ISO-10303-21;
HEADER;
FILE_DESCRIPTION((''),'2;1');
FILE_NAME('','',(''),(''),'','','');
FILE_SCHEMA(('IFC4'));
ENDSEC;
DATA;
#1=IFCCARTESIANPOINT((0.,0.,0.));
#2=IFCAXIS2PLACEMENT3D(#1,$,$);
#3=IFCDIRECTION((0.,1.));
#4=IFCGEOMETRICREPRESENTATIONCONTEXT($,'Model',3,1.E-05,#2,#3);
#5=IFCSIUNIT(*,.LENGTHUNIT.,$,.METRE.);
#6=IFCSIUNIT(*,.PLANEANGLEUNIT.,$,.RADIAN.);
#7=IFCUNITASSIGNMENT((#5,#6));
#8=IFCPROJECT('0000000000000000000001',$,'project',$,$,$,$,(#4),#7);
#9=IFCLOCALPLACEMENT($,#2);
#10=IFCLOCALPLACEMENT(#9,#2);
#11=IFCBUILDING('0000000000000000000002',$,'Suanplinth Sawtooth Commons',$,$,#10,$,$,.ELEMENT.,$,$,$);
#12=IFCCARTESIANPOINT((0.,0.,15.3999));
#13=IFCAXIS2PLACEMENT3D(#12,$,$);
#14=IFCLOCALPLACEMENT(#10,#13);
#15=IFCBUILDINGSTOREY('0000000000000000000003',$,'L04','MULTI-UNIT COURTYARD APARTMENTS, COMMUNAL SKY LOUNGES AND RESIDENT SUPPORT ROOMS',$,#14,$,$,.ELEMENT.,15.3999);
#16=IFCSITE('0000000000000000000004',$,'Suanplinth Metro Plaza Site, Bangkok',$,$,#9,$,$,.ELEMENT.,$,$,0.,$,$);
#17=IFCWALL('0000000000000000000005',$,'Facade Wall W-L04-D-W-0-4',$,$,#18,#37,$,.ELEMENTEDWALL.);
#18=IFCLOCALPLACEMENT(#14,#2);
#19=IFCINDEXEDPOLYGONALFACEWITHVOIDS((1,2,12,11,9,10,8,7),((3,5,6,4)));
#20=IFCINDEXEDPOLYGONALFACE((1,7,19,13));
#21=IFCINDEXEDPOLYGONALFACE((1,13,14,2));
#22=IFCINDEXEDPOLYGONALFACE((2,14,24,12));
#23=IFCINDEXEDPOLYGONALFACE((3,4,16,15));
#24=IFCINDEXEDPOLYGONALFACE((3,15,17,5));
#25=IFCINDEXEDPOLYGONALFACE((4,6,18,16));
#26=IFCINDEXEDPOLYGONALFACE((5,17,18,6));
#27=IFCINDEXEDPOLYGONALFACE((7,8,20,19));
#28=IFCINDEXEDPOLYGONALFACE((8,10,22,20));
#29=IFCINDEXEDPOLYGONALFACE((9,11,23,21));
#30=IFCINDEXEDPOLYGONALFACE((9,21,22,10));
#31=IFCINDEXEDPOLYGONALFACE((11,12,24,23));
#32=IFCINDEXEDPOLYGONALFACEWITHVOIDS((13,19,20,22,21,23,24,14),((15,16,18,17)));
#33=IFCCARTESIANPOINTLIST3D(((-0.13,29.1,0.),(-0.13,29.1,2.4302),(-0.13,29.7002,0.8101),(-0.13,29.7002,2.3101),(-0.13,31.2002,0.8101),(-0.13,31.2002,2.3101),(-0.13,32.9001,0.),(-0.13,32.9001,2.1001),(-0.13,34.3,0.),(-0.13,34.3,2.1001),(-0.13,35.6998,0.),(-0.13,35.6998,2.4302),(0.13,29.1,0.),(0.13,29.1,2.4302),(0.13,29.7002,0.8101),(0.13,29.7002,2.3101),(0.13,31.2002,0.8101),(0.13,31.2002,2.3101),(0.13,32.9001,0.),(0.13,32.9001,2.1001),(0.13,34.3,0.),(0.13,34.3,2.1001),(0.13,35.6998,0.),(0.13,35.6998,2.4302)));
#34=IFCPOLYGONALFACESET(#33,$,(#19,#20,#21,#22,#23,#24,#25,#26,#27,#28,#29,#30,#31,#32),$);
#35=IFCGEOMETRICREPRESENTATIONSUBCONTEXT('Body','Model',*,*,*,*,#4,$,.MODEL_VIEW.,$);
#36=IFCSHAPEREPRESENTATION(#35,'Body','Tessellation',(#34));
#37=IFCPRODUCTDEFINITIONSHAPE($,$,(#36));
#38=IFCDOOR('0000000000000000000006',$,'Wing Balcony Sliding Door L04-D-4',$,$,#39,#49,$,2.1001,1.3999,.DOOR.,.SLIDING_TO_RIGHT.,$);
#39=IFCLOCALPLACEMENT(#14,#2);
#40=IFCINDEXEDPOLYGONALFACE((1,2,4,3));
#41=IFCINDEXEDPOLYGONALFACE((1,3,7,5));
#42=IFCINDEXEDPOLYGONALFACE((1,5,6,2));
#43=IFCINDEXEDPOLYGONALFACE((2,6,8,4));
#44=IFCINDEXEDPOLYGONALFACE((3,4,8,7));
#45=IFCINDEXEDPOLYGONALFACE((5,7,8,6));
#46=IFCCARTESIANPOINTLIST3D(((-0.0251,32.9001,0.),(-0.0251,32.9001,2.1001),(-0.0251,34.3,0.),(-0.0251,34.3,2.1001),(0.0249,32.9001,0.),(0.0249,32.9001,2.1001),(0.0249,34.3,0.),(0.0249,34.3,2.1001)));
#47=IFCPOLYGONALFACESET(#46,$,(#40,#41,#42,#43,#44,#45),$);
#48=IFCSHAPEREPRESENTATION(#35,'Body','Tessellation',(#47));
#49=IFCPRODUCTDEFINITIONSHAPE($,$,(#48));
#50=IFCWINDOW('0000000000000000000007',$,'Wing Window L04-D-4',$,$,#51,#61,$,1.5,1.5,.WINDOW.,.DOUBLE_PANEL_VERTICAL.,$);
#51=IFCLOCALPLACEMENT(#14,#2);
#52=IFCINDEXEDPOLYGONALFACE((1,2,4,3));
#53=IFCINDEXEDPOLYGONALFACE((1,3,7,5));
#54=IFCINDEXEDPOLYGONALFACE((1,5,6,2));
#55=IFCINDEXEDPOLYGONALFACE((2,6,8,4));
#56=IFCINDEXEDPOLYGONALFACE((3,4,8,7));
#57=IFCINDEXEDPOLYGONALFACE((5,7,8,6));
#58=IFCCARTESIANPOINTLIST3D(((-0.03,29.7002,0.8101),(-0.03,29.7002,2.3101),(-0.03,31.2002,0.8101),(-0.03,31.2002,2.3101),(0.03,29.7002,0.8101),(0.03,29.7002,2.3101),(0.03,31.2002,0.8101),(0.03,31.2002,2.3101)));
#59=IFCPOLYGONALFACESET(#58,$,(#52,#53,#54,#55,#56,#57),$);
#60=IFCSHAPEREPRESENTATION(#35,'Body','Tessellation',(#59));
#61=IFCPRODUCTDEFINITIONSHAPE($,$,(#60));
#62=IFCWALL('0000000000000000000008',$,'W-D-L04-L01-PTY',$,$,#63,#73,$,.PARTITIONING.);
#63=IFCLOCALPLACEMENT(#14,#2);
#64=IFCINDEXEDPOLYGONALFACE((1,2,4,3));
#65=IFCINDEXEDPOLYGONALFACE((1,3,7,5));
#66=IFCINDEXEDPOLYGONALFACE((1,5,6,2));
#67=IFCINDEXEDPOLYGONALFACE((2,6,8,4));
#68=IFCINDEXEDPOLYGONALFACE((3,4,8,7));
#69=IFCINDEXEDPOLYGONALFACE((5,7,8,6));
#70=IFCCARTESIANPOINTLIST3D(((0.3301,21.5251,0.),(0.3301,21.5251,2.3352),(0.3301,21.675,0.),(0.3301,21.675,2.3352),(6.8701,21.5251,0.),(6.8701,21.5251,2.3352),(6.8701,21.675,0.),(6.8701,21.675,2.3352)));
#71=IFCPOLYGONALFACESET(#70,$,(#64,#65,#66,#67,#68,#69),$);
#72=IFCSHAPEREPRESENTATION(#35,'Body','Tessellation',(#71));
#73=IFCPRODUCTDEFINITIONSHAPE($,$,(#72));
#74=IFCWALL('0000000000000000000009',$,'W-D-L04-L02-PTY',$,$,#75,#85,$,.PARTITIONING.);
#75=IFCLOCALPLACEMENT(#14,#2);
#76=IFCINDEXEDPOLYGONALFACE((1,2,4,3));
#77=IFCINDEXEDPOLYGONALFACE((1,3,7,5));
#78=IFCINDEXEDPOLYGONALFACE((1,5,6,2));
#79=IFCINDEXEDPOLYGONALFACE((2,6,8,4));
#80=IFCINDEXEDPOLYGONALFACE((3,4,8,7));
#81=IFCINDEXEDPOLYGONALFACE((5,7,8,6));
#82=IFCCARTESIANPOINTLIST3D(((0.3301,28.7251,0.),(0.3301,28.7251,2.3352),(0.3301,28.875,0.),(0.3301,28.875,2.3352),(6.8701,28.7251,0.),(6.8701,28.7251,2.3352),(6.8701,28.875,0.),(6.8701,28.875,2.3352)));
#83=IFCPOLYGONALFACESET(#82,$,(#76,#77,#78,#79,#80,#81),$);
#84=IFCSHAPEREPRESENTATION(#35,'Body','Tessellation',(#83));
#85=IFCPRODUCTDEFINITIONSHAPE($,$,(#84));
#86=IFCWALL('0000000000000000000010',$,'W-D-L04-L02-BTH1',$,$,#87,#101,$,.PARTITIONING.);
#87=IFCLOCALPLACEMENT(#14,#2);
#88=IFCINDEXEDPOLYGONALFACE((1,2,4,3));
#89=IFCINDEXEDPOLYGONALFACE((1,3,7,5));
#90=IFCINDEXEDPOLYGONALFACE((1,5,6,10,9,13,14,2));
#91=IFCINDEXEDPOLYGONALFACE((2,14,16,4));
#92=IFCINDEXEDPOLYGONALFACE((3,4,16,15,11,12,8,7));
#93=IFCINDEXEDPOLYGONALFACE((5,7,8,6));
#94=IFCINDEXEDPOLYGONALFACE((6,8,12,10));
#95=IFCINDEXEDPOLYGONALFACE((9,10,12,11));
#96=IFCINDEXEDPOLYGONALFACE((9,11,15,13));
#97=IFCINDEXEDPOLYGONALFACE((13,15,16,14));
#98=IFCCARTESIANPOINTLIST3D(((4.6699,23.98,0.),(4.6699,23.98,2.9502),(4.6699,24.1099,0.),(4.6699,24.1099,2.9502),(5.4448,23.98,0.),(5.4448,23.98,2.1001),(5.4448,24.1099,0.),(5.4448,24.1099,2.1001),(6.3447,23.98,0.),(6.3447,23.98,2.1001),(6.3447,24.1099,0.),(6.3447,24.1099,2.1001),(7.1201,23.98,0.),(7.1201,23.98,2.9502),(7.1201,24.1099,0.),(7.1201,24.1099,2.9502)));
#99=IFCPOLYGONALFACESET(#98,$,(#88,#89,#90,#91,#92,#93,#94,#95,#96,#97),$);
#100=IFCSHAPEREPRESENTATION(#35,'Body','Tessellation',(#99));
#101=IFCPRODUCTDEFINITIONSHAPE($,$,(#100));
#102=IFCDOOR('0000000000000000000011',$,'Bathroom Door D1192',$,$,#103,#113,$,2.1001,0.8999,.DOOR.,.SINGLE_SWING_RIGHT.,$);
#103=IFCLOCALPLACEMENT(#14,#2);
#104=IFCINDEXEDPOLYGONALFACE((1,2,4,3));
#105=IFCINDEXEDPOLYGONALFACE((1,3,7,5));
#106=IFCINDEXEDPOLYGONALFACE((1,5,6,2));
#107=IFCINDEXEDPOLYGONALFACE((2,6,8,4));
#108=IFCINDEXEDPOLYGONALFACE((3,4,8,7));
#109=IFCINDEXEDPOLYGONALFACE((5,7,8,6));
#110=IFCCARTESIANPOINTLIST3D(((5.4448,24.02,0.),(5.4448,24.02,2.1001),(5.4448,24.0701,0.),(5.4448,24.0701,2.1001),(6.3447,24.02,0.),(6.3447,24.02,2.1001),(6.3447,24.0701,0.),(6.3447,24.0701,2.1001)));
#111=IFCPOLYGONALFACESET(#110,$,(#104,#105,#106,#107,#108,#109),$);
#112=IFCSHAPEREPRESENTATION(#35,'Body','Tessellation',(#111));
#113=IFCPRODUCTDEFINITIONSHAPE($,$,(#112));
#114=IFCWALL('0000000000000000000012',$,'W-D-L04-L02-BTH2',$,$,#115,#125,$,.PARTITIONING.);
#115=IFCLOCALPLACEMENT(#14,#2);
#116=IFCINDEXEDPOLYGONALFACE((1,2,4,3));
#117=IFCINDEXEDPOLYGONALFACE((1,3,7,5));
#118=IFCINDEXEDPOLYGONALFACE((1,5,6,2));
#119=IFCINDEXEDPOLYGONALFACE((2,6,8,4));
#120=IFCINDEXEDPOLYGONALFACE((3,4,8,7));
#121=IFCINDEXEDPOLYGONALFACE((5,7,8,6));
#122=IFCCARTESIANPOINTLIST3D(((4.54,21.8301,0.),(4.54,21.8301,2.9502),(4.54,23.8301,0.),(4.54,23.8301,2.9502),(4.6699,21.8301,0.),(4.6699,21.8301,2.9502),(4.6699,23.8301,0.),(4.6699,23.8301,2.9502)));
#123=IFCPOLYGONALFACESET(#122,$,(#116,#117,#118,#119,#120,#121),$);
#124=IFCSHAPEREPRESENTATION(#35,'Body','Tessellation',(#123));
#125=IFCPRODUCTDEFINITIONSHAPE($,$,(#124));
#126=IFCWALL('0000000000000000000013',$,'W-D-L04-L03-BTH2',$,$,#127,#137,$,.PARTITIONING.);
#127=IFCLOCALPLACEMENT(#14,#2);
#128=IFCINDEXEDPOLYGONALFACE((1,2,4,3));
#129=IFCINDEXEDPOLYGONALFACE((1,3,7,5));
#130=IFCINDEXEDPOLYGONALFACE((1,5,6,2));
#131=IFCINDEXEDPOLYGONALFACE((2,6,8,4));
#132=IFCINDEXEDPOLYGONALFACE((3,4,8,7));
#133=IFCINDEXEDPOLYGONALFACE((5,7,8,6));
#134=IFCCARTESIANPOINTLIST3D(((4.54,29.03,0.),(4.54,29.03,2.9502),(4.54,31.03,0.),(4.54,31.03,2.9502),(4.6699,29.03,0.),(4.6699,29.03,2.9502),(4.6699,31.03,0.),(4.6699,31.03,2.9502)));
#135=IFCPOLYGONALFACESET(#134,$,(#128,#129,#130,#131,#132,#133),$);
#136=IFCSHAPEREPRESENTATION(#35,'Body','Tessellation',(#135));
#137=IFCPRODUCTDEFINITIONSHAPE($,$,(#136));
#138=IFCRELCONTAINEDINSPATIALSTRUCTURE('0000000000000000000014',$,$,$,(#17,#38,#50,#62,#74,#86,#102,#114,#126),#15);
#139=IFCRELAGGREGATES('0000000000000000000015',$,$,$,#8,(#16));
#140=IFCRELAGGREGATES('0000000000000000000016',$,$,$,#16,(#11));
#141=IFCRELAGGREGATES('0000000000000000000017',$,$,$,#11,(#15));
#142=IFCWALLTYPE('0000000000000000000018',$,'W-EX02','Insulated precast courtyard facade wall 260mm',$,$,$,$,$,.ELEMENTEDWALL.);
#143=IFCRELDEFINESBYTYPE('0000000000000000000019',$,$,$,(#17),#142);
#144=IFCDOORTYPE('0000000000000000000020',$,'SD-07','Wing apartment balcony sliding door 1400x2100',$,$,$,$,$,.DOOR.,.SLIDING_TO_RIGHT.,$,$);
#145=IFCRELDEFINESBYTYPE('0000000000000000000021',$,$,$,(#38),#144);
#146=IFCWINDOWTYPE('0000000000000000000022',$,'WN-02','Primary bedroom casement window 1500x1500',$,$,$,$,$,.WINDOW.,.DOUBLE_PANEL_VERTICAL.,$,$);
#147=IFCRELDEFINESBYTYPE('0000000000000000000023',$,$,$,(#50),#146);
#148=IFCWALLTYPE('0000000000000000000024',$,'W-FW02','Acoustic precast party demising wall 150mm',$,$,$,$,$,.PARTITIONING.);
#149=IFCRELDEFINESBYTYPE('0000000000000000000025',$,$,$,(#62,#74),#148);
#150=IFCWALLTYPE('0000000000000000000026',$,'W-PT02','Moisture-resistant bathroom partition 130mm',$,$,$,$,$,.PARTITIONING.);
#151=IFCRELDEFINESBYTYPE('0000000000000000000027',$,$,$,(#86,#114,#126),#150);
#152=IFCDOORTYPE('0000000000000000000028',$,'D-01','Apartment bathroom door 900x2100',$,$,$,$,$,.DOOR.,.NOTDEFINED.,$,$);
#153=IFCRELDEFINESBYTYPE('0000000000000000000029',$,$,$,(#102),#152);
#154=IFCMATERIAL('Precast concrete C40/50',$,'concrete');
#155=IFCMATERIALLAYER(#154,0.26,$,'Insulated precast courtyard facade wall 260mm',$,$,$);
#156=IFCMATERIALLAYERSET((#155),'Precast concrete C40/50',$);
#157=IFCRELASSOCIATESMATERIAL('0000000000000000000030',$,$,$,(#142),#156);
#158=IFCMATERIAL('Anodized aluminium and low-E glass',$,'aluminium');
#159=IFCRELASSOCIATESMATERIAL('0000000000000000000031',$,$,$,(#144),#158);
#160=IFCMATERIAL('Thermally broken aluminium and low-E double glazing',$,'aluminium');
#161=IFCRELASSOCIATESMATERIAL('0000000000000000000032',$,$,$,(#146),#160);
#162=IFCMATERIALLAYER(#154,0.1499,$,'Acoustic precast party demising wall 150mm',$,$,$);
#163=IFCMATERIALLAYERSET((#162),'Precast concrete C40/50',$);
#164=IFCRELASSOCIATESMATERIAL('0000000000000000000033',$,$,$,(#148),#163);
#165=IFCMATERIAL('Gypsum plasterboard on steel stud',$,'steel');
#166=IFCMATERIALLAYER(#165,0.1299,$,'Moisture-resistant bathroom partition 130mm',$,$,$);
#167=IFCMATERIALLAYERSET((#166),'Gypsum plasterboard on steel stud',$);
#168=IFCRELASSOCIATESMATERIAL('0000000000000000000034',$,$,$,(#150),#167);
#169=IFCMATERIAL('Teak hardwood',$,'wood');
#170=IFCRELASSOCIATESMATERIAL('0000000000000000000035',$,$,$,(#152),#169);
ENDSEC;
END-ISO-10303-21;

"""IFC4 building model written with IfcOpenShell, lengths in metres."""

from ifc_helpers import new_model, si_unit, direction, frame, frame_2d, origin, place, context, subcontext, project, spatial, rectangle, extrude, material, layer, layer_set, type_object, element, fill, save


model = new_model("IFC4")

# Units and contexts
model_context = context("Model", 3, precision=1e-05, world=origin(), true_north=direction((0.0, 1.0)))
body_context = subcontext(model_context, "Body", "Model", "MODEL_VIEW")
ifc_project = project(units=[si_unit("LENGTHUNIT", "METRE"), si_unit("PLANEANGLEUNIT", "RADIAN")], contexts=[model_context])

# Site, building, storey
site_placement = place(None, origin())
site = spatial("IfcSite", under=ifc_project, at=site_placement, Name="Suanplinth Metro Plaza Site, Bangkok", CompositionType="ELEMENT", RefElevation=0.0)
building_placement = place(site_placement, origin())
building = spatial("IfcBuilding", under=site, at=building_placement, Name="Suanplinth Sawtooth Commons", CompositionType="ELEMENT")
storey_placement = place(building_placement, frame((0.0, 0.0, 15.3999)))
storey = spatial("IfcBuildingStorey", under=building, at=storey_placement, Name="L04", Description="MULTI-UNIT COURTYARD APARTMENTS, COMMUNAL SKY LOUNGES AND RESIDENT SUPPORT ROOMS", CompositionType="ELEMENT", Elevation=15.3999)

# Shared definitions
ifc_material_1 = material(Name="Precast concrete C40/50", Category="concrete")

# Wall, openings, door, window
ifc_layer_1 = layer(ifc_material_1, 0.26, Name="Insulated precast courtyard facade wall 260mm")
ifc_layer_set_1 = layer_set([ifc_layer_1], Name="Precast concrete C40/50")
wall_type_1 = type_object("IfcWallType", Name="W-EX02", Description="Insulated precast courtyard facade wall 260mm", PredefinedType="ELEMENTEDWALL", material=ifc_layer_set_1)
ifc_material_2 = material(Name="Anodized aluminium and low-E glass", Category="aluminium")
door_type_1 = type_object("IfcDoorType", Name="SD-07", Description="Wing apartment balcony sliding door 1400x2100", OperationType="SLIDING_TO_RIGHT", PredefinedType="DOOR", material=ifc_material_2)
ifc_material_3 = material(Name="Thermally broken aluminium and low-E double glazing", Category="aluminium")
window_type = type_object("IfcWindowType", Name="WN-02", Description="Primary bedroom casement window 1500x1500", PartitioningType="DOUBLE_PANEL_VERTICAL", PredefinedType="WINDOW", material=ifc_material_3)
wall_1_placement = place(storey_placement, frame((0.0, 29.1001, 0.0), z_axis=(0.0, 0.0, 1.0), x_axis=(0.0, 1.0, 0.0)))
wall_1 = element("IfcWall", 1, at=wall_1_placement, inside=storey, type_object=wall_type_1, Name="Facade Wall W-L04-D-W-0-4", PredefinedType="ELEMENTEDWALL", context=body_context, shape_type="SweptSolid", body=[
    extrude(rectangle(XDim=6.5999, YDim=0.26, at=frame_2d((3.2998, 0.0))), origin(), (0.0, 0.0, 1.0), 2.4302),
])
opening_1_placement = place(wall_1_placement, frame((3.8, 0.0, 0.0)))
opening_1 = element("IfcOpeningElement", 2, at=opening_1_placement, cuts=wall_1, PredefinedType="OPENING", context=body_context, shape_type="SweptSolid", body=[
    extrude(rectangle(XDim=1.3999, YDim=2.1001, at=frame_2d((0.7, 1.05))), frame((0.0, 0.145, 0.0), z_axis=(0.0, -1.0, 0.0), x_axis=(1.0, 0.0, 0.0)), (0.0, 0.0, 1.0), 0.2898),
])
opening_2_placement = place(wall_1_placement, frame((0.6001, 0.0, 0.8101)))
opening_2 = element("IfcOpeningElement", 3, at=opening_2_placement, cuts=wall_1, PredefinedType="OPENING", context=body_context, shape_type="SweptSolid", body=[
    extrude(rectangle(XDim=1.5, YDim=1.5, at=frame_2d((0.75, 0.75))), frame((0.0, 0.145, 0.0), z_axis=(0.0, -1.0, 0.0), x_axis=(1.0, 0.0, 0.0)), (0.0, 0.0, 1.0), 0.2898),
])
door_1_placement = place(opening_1_placement, frame((1.3999, 0.0, 0.0), z_axis=(0.0, 0.0, 1.0), x_axis=(-1.0, 0.0, 0.0)))
door_1 = element("IfcDoor", 4, at=door_1_placement, inside=storey, type_object=door_type_1, Name="Wing Balcony Sliding Door L04-D-4", OperationType="SLIDING_TO_RIGHT", OverallHeight=2.1001, OverallWidth=1.3999, PredefinedType="DOOR", context=body_context, shape_type="SweptSolid", body=[
    extrude(rectangle(XDim=1.3999, YDim=2.1001, at=frame_2d((0.7, 1.05))), frame((0.0, 0.0249, 0.0), z_axis=(0.0, -1.0, 0.0), x_axis=(1.0, 0.0, 0.0)), (0.0, 0.0, 1.0), 0.05),
])
fill(opening_1, door_1)
window_1_placement = place(opening_2_placement, origin())
window_1 = element("IfcWindow", 5, at=window_1_placement, inside=storey, type_object=window_type, Name="Wing Window L04-D-4", OverallHeight=1.5, OverallWidth=1.5, PartitioningType="DOUBLE_PANEL_VERTICAL", PredefinedType="WINDOW", context=body_context, shape_type="SweptSolid", body=[
    extrude(rectangle(XDim=1.5, YDim=1.5, at=frame_2d((0.75, 0.75))), frame((0.0, 0.03, 0.0), z_axis=(0.0, -1.0, 0.0), x_axis=(1.0, 0.0, 0.0)), (0.0, 0.0, 1.0), 0.0601),
])
fill(opening_2, window_1)

# Walls
ifc_layer_2 = layer(ifc_material_1, 0.1499, Name="Acoustic precast party demising wall 150mm")
ifc_layer_set_2 = layer_set([ifc_layer_2], Name="Precast concrete C40/50")
wall_type_2 = type_object("IfcWallType", Name="W-FW02", Description="Acoustic precast party demising wall 150mm", PredefinedType="PARTITIONING", material=ifc_layer_set_2)
for number, where, z_axis, x_axis, name in (
    (6, (0.3301, 21.6001, 0.0), (0.0, 0.0, 1.0), (1.0, 0.0, 0.0), "W-D-L04-L01-PTY"),
    (7, (0.3301, 28.8, 0.0), (0.0, 0.0, 1.0), (1.0, 0.0, 0.0), "W-D-L04-L02-PTY"),
):
    element("IfcWall", number, at=place(storey_placement, frame(where, z_axis=z_axis, x_axis=x_axis)), inside=storey, type_object=wall_type_2, Name=name, PredefinedType="PARTITIONING", context=body_context, shape_type="SweptSolid", body=[
        extrude(rectangle(XDim=6.54, YDim=0.1499, at=frame_2d((3.27, 0.0))), origin(), (0.0, 0.0, 1.0), 2.3352),
    ])

# Wall, opening, door
ifc_material_4 = material(Name="Gypsum plasterboard on steel stud", Category="steel")
ifc_layer_3 = layer(ifc_material_4, 0.1299, Name="Moisture-resistant bathroom partition 130mm")
ifc_layer_set_3 = layer_set([ifc_layer_3], Name="Gypsum plasterboard on steel stud")
wall_type_3 = type_object("IfcWallType", Name="W-PT02", Description="Moisture-resistant bathroom partition 130mm", PredefinedType="PARTITIONING", material=ifc_layer_set_3)
wall_2_placement = place(storey_placement, frame((4.6699, 24.0449, 0.0), z_axis=(0.0, 0.0, 1.0), x_axis=(1.0, 0.0, 0.0)))
wall_2 = element("IfcWall", 8, at=wall_2_placement, inside=storey, type_object=wall_type_3, Name="W-D-L04-L02-BTH1", PredefinedType="PARTITIONING", context=body_context, shape_type="SweptSolid", body=[
    extrude(rectangle(XDim=2.4502, YDim=0.1299, at=frame_2d((1.2251, 0.0))), origin(), (0.0, 0.0, 1.0), 2.9502),
])
opening_3_placement = place(wall_2_placement, frame((0.7749, 0.0, 0.0)))
opening_3 = element("IfcOpeningElement", 9, at=opening_3_placement, cuts=wall_2, PredefinedType="OPENING", context=body_context, shape_type="SweptSolid", body=[
    extrude(rectangle(XDim=0.8999, YDim=2.1001, at=frame_2d((0.45, 1.05))), frame((0.0, 0.0798, 0.0), z_axis=(0.0, -1.0, 0.0), x_axis=(1.0, 0.0, 0.0)), (0.0, 0.0, 1.0), 0.1597),
])
ifc_material_5 = material(Name="Teak hardwood", Category="wood")
door_type_2 = type_object("IfcDoorType", Name="D-01", Description="Apartment bathroom door 900x2100", OperationType="NOTDEFINED", PredefinedType="DOOR", material=ifc_material_5)
door_2_placement = place(opening_3_placement, frame((0.8999, 0.0, 0.0), z_axis=(0.0, 0.0, 1.0), x_axis=(-1.0, 0.0, 0.0)))
door_2 = element("IfcDoor", 10, at=door_2_placement, inside=storey, type_object=door_type_2, Name="Bathroom Door D1192", OperationType="SINGLE_SWING_RIGHT", OverallHeight=2.1001, OverallWidth=0.8999, PredefinedType="DOOR", context=body_context, shape_type="SweptSolid", body=[
    extrude(rectangle(XDim=0.8999, YDim=2.1001, at=frame_2d((0.45, 1.05))), frame((0.0, 0.0249, 0.0), z_axis=(0.0, -1.0, 0.0), x_axis=(1.0, 0.0, 0.0)), (0.0, 0.0, 1.0), 0.05),
])
fill(opening_3, door_2)

# Walls
for number, where, z_axis, x_axis, name in (
    (11, (4.605, 21.8301, 0.0), (0.0, 0.0, 1.0), (0.0, 1.0, 0.0), "W-D-L04-L02-BTH2"),
    (12, (4.605, 29.03, 0.0), (0.0, 0.0, 1.0), (0.0, 1.0, 0.0), "W-D-L04-L03-BTH2"),
):
    element("IfcWall", number, at=place(storey_placement, frame(where, z_axis=z_axis, x_axis=x_axis)), inside=storey, type_object=wall_type_3, Name=name, PredefinedType="PARTITIONING", context=body_context, shape_type="SweptSolid", body=[
        extrude(rectangle(XDim=2.0, YDim=0.1299, at=frame_2d((1.0, 0.0))), origin(), (0.0, 0.0, 1.0), 2.9502),
    ])

save(model, "model.ifc")
